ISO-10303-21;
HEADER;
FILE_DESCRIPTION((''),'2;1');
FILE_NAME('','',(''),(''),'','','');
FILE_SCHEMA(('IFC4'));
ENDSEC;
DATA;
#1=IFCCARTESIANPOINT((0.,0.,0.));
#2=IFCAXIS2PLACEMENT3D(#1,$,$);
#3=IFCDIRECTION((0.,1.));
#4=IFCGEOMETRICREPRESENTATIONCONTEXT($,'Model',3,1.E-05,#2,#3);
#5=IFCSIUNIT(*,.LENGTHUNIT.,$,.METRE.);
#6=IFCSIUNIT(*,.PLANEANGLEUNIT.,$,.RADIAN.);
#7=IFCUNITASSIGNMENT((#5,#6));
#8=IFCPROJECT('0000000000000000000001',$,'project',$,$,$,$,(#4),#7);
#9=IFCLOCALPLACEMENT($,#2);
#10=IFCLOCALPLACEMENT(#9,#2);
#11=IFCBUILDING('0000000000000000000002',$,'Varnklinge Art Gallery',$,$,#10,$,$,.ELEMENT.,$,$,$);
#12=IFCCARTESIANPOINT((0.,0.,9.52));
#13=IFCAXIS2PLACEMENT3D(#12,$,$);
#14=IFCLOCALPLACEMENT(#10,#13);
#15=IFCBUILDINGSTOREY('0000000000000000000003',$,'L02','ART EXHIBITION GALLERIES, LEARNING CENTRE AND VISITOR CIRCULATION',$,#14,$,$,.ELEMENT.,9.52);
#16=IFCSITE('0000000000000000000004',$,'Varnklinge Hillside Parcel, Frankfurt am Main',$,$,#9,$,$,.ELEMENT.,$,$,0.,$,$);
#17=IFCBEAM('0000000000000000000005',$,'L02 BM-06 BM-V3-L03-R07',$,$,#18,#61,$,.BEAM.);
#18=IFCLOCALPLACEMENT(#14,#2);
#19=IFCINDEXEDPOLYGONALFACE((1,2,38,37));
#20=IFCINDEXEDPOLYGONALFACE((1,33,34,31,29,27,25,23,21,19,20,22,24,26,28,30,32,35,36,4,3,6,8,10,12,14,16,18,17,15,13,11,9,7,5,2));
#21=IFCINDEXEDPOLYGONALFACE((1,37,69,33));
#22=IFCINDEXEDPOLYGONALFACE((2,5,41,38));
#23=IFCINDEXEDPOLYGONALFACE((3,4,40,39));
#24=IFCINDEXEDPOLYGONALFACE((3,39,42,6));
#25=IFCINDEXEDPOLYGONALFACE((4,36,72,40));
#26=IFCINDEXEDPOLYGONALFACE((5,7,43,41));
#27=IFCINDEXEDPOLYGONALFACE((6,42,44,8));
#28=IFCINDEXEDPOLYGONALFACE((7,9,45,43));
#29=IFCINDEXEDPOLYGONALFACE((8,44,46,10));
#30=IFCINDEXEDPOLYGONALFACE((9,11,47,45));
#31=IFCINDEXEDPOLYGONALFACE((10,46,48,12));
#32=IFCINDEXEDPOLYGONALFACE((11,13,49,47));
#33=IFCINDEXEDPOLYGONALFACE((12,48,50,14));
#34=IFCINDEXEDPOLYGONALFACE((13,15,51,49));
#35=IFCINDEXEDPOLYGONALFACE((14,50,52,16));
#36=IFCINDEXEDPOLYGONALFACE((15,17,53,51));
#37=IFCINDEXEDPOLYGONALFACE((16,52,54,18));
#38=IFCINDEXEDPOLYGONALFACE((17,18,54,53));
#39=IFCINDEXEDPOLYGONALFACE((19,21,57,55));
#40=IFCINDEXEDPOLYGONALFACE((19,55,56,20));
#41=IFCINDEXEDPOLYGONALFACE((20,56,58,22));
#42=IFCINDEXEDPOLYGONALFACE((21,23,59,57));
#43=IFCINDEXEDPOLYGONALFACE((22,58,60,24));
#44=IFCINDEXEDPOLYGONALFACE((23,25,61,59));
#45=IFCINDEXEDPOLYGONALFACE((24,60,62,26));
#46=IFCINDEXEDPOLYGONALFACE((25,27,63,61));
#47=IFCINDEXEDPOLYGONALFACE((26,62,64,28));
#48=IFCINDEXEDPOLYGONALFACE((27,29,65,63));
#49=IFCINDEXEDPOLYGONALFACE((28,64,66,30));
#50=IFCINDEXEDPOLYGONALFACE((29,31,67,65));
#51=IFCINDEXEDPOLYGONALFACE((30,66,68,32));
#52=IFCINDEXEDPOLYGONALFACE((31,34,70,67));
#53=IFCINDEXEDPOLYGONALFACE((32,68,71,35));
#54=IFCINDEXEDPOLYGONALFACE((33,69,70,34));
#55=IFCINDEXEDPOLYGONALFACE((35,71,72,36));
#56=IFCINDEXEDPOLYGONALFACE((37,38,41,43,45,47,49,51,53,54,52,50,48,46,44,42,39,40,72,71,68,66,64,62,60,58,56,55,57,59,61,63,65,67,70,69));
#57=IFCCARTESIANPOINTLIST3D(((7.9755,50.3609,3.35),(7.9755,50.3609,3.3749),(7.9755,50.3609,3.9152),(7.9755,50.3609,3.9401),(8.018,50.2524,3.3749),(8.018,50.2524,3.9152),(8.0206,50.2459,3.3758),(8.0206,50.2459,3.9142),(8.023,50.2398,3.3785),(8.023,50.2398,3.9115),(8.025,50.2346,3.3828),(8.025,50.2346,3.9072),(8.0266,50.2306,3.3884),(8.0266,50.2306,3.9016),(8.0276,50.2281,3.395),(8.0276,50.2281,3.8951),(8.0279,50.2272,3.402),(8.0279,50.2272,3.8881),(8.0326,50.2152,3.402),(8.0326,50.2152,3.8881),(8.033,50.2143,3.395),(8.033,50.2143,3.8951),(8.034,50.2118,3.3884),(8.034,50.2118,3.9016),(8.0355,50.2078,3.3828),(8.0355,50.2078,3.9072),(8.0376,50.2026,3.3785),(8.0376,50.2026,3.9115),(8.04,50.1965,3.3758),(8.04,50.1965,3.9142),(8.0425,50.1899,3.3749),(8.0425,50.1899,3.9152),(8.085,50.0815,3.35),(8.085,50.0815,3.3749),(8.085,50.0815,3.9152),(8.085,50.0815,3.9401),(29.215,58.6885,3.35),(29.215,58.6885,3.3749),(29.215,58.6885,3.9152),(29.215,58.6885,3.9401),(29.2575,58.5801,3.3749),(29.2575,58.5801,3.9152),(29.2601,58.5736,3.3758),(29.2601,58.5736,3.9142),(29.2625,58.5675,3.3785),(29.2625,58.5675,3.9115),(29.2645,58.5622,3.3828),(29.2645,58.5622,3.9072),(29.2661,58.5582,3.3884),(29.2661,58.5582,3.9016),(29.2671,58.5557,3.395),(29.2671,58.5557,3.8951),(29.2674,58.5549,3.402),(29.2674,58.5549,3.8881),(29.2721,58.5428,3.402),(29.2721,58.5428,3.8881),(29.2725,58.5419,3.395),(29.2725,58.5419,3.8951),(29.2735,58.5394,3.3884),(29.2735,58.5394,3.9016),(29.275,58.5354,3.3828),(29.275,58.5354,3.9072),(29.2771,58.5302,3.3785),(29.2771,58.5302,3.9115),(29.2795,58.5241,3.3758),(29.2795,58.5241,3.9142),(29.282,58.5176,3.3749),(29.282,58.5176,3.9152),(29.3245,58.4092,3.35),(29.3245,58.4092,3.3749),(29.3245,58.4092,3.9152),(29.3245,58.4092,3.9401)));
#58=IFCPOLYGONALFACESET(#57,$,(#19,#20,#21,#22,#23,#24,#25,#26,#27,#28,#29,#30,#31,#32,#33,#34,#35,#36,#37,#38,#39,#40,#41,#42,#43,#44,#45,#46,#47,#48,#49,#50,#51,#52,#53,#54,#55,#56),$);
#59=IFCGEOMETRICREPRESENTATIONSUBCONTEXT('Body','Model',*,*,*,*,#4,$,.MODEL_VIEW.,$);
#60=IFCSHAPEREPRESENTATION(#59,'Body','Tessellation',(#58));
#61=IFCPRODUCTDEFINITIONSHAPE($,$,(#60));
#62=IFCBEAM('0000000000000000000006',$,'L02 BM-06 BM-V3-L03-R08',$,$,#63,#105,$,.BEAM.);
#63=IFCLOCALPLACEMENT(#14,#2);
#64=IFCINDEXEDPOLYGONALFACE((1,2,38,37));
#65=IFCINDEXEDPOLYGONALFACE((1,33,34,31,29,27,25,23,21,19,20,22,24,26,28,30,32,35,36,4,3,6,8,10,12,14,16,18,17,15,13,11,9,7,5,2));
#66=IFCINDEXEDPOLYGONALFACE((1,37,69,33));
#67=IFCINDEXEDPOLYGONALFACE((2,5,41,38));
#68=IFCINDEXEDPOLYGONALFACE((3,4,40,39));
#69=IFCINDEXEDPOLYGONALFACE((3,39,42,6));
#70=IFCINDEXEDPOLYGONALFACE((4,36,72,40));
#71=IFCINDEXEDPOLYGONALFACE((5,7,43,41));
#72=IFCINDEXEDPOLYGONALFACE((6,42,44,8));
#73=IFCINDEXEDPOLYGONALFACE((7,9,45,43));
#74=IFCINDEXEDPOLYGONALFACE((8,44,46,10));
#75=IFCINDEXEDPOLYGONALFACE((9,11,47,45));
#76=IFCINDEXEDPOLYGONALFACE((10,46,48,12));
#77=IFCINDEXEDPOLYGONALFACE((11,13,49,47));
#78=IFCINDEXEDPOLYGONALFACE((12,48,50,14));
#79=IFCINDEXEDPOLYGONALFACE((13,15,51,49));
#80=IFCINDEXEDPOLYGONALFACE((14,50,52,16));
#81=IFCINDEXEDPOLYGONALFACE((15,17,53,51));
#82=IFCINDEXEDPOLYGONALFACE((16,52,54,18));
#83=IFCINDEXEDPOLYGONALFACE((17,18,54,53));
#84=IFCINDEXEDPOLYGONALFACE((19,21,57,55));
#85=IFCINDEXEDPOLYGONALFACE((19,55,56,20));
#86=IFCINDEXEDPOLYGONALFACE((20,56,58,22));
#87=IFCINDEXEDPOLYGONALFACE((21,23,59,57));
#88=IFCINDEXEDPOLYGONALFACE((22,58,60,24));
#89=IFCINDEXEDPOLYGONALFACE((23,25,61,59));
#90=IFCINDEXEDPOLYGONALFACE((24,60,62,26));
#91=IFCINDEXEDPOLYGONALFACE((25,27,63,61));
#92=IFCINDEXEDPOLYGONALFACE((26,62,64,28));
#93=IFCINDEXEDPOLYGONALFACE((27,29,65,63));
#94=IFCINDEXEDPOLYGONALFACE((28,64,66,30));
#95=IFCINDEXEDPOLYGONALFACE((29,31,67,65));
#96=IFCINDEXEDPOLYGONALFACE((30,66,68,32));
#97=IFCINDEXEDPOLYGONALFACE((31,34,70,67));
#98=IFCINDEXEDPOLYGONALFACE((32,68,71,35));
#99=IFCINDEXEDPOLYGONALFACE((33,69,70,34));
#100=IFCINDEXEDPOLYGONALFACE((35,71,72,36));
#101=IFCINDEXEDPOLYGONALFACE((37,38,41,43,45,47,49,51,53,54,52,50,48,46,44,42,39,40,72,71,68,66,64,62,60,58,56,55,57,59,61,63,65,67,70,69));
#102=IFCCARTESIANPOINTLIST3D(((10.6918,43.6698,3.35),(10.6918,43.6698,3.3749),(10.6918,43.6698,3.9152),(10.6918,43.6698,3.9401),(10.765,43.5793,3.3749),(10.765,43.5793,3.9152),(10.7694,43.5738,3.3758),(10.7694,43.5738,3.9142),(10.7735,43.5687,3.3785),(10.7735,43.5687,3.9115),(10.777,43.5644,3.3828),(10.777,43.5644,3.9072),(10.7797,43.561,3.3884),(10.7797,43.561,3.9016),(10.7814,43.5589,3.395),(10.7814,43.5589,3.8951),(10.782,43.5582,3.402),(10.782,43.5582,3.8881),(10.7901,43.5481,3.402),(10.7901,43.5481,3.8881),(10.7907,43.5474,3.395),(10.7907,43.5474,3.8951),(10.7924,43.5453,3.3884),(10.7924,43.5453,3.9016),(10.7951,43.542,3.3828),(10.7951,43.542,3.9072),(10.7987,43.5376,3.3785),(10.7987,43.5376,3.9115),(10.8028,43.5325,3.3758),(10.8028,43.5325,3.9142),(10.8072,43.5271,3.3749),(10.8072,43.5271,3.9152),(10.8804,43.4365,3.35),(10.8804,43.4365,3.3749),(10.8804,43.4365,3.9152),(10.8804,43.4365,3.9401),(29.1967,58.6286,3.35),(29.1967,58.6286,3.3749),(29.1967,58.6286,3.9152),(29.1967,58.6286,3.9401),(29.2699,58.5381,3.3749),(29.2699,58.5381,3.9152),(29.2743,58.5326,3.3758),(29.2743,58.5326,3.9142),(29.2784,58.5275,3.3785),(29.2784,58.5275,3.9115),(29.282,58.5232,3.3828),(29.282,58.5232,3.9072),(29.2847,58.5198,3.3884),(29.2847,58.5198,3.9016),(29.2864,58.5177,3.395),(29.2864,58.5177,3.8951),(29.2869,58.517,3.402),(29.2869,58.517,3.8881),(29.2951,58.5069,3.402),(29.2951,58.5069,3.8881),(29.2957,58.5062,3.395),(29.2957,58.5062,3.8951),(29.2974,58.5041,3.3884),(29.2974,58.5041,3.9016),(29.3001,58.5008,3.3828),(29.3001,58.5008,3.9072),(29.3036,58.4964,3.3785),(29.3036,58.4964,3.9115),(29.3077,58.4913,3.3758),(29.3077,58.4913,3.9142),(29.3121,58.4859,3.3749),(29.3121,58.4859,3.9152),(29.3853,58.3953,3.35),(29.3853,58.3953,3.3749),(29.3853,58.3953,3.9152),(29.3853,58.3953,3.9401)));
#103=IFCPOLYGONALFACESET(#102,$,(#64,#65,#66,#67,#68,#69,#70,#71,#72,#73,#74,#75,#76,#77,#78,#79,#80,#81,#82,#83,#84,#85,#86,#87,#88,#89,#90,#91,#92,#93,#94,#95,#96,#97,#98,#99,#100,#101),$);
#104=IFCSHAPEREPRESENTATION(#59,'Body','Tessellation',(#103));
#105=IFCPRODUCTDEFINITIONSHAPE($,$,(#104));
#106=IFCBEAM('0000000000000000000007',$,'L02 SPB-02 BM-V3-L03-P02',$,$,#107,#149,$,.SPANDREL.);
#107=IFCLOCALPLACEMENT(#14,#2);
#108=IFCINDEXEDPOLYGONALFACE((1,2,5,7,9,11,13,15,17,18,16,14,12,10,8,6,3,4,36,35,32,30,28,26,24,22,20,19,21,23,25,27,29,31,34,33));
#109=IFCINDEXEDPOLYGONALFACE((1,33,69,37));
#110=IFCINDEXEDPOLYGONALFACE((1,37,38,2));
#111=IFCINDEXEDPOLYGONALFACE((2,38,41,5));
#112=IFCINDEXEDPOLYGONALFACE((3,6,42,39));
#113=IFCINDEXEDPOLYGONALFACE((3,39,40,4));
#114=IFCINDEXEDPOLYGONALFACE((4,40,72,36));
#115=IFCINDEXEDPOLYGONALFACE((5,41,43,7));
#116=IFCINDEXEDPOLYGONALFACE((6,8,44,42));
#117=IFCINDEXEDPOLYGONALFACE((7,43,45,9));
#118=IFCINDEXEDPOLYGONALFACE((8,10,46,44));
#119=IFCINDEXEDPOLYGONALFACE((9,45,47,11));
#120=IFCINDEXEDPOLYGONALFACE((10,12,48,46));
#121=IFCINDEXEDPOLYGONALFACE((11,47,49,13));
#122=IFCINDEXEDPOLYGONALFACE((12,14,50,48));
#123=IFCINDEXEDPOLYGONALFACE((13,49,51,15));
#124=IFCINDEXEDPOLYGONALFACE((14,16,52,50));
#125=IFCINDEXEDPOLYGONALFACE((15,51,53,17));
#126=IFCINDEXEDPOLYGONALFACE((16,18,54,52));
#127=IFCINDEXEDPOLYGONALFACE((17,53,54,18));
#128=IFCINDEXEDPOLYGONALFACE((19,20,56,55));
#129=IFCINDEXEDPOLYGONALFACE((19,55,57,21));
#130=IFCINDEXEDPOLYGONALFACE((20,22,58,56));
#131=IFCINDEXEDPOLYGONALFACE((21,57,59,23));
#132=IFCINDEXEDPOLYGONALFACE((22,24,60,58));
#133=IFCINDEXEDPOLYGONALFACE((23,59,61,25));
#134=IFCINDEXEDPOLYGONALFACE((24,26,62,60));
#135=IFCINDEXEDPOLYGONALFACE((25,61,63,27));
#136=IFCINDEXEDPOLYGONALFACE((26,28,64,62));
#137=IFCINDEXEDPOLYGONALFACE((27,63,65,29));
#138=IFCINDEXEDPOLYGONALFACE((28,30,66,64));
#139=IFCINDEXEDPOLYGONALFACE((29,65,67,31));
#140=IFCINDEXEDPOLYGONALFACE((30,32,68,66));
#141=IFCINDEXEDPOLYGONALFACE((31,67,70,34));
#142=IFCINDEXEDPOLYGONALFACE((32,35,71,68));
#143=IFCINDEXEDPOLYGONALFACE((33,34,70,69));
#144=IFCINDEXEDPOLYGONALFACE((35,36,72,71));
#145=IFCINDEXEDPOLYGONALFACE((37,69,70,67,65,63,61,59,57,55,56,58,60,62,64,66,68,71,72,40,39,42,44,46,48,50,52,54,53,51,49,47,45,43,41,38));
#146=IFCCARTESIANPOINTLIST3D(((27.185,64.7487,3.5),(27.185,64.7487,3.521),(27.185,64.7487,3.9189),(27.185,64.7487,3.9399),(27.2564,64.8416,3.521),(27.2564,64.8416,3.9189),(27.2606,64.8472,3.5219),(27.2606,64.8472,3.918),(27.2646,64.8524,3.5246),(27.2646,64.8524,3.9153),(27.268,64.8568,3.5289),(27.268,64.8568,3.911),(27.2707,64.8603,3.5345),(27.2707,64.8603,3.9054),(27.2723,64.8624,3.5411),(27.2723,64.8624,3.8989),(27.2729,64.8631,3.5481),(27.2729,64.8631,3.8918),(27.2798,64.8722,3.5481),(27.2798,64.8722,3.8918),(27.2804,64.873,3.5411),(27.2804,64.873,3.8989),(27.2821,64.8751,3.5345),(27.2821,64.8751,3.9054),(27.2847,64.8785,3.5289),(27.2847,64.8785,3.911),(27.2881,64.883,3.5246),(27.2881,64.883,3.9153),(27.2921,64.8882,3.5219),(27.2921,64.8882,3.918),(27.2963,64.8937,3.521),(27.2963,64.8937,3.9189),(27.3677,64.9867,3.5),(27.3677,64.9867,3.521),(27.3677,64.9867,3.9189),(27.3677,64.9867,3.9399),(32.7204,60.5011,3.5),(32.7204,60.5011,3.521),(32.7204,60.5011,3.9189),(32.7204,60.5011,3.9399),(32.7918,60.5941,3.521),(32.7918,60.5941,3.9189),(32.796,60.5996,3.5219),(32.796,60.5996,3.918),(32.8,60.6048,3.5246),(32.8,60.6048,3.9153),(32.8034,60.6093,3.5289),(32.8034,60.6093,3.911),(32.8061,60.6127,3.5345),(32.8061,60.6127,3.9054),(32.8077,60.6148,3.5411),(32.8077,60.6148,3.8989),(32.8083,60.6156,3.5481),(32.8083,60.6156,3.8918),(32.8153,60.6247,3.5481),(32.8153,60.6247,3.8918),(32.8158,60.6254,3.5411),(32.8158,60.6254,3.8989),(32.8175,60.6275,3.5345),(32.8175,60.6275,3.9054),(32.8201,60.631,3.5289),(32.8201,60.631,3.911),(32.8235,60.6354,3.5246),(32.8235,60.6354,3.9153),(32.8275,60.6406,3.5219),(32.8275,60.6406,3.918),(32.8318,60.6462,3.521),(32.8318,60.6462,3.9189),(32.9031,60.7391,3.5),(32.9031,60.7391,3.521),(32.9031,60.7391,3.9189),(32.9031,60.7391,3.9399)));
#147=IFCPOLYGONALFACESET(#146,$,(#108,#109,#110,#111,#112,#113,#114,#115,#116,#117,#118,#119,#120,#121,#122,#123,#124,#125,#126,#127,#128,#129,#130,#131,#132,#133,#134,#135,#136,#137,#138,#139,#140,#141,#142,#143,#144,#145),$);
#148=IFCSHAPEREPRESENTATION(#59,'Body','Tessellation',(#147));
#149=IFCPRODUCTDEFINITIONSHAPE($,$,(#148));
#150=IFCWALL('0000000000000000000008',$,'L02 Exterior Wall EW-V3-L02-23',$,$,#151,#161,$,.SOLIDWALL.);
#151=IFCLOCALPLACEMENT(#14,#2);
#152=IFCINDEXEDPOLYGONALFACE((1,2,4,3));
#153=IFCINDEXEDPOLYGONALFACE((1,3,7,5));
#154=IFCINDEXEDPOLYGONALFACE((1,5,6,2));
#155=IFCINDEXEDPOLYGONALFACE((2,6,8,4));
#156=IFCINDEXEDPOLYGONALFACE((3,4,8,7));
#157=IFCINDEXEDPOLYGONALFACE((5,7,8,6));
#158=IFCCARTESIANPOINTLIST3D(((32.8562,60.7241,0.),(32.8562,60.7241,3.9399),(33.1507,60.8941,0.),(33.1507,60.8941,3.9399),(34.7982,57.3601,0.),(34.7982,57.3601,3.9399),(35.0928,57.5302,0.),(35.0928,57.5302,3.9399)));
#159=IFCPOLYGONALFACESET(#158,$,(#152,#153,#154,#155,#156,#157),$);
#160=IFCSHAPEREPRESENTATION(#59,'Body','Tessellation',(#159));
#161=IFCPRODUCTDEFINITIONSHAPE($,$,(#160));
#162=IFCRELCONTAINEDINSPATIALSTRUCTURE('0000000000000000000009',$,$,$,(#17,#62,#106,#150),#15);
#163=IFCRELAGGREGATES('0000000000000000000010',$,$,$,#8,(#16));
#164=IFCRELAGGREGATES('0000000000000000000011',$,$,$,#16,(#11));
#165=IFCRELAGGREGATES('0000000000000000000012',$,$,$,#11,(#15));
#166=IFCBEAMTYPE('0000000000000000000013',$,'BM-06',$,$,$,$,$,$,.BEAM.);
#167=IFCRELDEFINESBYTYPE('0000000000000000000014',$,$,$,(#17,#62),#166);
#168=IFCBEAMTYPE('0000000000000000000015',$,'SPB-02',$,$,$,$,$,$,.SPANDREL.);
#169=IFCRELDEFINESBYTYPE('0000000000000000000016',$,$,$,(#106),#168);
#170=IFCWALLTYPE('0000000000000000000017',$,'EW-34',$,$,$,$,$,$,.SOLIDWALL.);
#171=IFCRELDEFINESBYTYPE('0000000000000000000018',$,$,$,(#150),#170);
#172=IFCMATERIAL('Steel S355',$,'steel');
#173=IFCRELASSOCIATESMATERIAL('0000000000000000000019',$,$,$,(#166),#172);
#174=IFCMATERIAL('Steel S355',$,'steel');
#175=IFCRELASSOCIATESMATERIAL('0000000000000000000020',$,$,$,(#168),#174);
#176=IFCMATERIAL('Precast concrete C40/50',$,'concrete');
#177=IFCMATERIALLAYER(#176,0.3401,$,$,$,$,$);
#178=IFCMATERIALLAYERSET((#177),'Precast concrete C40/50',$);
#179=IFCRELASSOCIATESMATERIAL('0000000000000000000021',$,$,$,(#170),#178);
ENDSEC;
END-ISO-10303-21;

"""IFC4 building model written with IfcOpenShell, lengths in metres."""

from ifc_helpers import new_model, si_unit, direction, frame, frame_2d, origin, origin_2d, place, context, subcontext, project, spatial, rectangle, i_section, extrude, material, layer, layer_set, material_profile, profile_set, type_object, element, save


model = new_model("IFC4")

# Units and contexts
model_context = context("Model", 3, precision=1e-05, world=origin(), true_north=direction((0.0, 1.0)))
body_context = subcontext(model_context, "Body", "Model", "MODEL_VIEW")
ifc_project = project(units=[si_unit("LENGTHUNIT", "METRE"), si_unit("PLANEANGLEUNIT", "RADIAN")], contexts=[model_context])

# Site, building, storey
site_placement = place(None, origin())
site = spatial("IfcSite", under=ifc_project, at=site_placement, Name="Varnklinge Hillside Parcel, Frankfurt am Main", CompositionType="ELEMENT", RefElevation=0.0)
building_placement = place(site_placement, origin())
building = spatial("IfcBuilding", under=site, at=building_placement, Name="Varnklinge Art Gallery", CompositionType="ELEMENT")
storey_placement = place(building_placement, frame((0.0, 0.0, 9.52)))
storey = spatial("IfcBuildingStorey", under=building, at=storey_placement, Name="L02", Description="ART EXHIBITION GALLERIES, LEARNING CENTRE AND VISITOR CIRCULATION", CompositionType="ELEMENT", Elevation=9.52)

# Beams
ifc_material_1 = material(Name="Steel S355", Category="steel")
ifc_material_profile_1 = material_profile(ifc_material_1, i_section(OverallWidth=0.3, OverallDepth=0.5901, WebThickness=0.0129, FlangeThickness=0.0249, FilletRadius=0.0271, at=origin_2d()), Name="HEA 600")
ifc_profile_set_1 = profile_set([ifc_material_profile_1], Name="Steel S355")
beam_type_1 = type_object("IfcBeamType", Name="BM-06", PredefinedType="BEAM", material=ifc_profile_set_1)
beam_1_placement = place(storey_placement, frame((29.2698, 58.5488, 3.645), z_axis=(-0.930997, -0.365028, 0.0), x_axis=(0.365028, -0.930997, 0.0)))
element("IfcBeam", 1, at=beam_1_placement, inside=storey, type_object=beam_type_1, Name="L02 BM-06 BM-V3-L03-R07", PredefinedType="BEAM", context=body_context, shape_type="SweptSolid", body=[
    extrude(i_section(OverallWidth=0.3, OverallDepth=0.5901, WebThickness=0.0129, FlangeThickness=0.0249, FilletRadius=0.0271, at=origin_2d()), origin(), (0.0, 0.0, 1.0), 22.8137),
])
beam_2_placement = place(storey_placement, frame((29.291, 58.512, 3.645), z_axis=(-0.777685, -0.628655, 0.0), x_axis=(0.628655, -0.777685, 0.0)))
element("IfcBeam", 2, at=beam_2_placement, inside=storey, type_object=beam_type_1, Name="L02 BM-06 BM-V3-L03-R08", PredefinedType="BEAM", context=body_context, shape_type="SweptSolid", body=[
    extrude(i_section(OverallWidth=0.3, OverallDepth=0.5901, WebThickness=0.0129, FlangeThickness=0.0249, FilletRadius=0.0271, at=origin_2d()), origin(), (0.0, 0.0, 1.0), 23.7949),
])
ifc_material_2 = material(Name="Steel S355", Category="steel")
ifc_material_profile_2 = material_profile(ifc_material_2, i_section(OverallWidth=0.3, OverallDepth=0.4399, WebThickness=0.0115, FlangeThickness=0.021, FilletRadius=0.0271, at=origin_2d()), Name="HEA 450")
ifc_profile_set_2 = profile_set([ifc_material_profile_2], Name="Steel S355")
beam_type_2 = type_object("IfcBeamType", Name="SPB-02", PredefinedType="SPANDREL", material=ifc_profile_set_2)
beam_3_placement = place(storey_placement, frame((32.8118, 60.6201, 3.72), z_axis=(-0.793347, 0.60877, 0.0), x_axis=(-0.60877, -0.793347, 0.0)))
element("IfcBeam", 3, at=beam_3_placement, inside=storey, type_object=beam_type_2, Name="L02 SPB-02 BM-V3-L03-P02", PredefinedType="SPANDREL", context=body_context, shape_type="SweptSolid", body=[
    extrude(i_section(OverallWidth=0.3, OverallDepth=0.4399, WebThickness=0.0115, FlangeThickness=0.021, FilletRadius=0.0271, at=origin_2d()), origin(), (0.0, 0.0, 1.0), 6.9773),
])

# Wall
ifc_material_3 = material(Name="Precast concrete C40/50", Category="concrete")
ifc_layer_1 = layer(ifc_material_3, 0.3401)
ifc_layer_set_1 = layer_set([ifc_layer_1], Name="Precast concrete C40/50")
wall_type_1 = type_object("IfcWallType", Name="EW-34", PredefinedType="SOLIDWALL", material=ifc_layer_set_1)
wall_1_placement = place(storey_placement, frame((33.0034, 60.8091, 0.0), z_axis=(0.0, 0.0, 1.0), x_axis=(0.499985, -0.866034, 0.0)))
element("IfcWall", 4, at=wall_1_placement, inside=storey, type_object=wall_type_1, Name="L02 Exterior Wall EW-V3-L02-23", PredefinedType="SOLIDWALL", context=body_context, shape_type="SweptSolid", body=[
    extrude(rectangle(XDim=3.8843, YDim=0.3401, at=frame_2d((1.9421, 0.0))), origin(), (0.0, 0.0, 1.0), 3.9399),
])

save(model, "model.ifc")
